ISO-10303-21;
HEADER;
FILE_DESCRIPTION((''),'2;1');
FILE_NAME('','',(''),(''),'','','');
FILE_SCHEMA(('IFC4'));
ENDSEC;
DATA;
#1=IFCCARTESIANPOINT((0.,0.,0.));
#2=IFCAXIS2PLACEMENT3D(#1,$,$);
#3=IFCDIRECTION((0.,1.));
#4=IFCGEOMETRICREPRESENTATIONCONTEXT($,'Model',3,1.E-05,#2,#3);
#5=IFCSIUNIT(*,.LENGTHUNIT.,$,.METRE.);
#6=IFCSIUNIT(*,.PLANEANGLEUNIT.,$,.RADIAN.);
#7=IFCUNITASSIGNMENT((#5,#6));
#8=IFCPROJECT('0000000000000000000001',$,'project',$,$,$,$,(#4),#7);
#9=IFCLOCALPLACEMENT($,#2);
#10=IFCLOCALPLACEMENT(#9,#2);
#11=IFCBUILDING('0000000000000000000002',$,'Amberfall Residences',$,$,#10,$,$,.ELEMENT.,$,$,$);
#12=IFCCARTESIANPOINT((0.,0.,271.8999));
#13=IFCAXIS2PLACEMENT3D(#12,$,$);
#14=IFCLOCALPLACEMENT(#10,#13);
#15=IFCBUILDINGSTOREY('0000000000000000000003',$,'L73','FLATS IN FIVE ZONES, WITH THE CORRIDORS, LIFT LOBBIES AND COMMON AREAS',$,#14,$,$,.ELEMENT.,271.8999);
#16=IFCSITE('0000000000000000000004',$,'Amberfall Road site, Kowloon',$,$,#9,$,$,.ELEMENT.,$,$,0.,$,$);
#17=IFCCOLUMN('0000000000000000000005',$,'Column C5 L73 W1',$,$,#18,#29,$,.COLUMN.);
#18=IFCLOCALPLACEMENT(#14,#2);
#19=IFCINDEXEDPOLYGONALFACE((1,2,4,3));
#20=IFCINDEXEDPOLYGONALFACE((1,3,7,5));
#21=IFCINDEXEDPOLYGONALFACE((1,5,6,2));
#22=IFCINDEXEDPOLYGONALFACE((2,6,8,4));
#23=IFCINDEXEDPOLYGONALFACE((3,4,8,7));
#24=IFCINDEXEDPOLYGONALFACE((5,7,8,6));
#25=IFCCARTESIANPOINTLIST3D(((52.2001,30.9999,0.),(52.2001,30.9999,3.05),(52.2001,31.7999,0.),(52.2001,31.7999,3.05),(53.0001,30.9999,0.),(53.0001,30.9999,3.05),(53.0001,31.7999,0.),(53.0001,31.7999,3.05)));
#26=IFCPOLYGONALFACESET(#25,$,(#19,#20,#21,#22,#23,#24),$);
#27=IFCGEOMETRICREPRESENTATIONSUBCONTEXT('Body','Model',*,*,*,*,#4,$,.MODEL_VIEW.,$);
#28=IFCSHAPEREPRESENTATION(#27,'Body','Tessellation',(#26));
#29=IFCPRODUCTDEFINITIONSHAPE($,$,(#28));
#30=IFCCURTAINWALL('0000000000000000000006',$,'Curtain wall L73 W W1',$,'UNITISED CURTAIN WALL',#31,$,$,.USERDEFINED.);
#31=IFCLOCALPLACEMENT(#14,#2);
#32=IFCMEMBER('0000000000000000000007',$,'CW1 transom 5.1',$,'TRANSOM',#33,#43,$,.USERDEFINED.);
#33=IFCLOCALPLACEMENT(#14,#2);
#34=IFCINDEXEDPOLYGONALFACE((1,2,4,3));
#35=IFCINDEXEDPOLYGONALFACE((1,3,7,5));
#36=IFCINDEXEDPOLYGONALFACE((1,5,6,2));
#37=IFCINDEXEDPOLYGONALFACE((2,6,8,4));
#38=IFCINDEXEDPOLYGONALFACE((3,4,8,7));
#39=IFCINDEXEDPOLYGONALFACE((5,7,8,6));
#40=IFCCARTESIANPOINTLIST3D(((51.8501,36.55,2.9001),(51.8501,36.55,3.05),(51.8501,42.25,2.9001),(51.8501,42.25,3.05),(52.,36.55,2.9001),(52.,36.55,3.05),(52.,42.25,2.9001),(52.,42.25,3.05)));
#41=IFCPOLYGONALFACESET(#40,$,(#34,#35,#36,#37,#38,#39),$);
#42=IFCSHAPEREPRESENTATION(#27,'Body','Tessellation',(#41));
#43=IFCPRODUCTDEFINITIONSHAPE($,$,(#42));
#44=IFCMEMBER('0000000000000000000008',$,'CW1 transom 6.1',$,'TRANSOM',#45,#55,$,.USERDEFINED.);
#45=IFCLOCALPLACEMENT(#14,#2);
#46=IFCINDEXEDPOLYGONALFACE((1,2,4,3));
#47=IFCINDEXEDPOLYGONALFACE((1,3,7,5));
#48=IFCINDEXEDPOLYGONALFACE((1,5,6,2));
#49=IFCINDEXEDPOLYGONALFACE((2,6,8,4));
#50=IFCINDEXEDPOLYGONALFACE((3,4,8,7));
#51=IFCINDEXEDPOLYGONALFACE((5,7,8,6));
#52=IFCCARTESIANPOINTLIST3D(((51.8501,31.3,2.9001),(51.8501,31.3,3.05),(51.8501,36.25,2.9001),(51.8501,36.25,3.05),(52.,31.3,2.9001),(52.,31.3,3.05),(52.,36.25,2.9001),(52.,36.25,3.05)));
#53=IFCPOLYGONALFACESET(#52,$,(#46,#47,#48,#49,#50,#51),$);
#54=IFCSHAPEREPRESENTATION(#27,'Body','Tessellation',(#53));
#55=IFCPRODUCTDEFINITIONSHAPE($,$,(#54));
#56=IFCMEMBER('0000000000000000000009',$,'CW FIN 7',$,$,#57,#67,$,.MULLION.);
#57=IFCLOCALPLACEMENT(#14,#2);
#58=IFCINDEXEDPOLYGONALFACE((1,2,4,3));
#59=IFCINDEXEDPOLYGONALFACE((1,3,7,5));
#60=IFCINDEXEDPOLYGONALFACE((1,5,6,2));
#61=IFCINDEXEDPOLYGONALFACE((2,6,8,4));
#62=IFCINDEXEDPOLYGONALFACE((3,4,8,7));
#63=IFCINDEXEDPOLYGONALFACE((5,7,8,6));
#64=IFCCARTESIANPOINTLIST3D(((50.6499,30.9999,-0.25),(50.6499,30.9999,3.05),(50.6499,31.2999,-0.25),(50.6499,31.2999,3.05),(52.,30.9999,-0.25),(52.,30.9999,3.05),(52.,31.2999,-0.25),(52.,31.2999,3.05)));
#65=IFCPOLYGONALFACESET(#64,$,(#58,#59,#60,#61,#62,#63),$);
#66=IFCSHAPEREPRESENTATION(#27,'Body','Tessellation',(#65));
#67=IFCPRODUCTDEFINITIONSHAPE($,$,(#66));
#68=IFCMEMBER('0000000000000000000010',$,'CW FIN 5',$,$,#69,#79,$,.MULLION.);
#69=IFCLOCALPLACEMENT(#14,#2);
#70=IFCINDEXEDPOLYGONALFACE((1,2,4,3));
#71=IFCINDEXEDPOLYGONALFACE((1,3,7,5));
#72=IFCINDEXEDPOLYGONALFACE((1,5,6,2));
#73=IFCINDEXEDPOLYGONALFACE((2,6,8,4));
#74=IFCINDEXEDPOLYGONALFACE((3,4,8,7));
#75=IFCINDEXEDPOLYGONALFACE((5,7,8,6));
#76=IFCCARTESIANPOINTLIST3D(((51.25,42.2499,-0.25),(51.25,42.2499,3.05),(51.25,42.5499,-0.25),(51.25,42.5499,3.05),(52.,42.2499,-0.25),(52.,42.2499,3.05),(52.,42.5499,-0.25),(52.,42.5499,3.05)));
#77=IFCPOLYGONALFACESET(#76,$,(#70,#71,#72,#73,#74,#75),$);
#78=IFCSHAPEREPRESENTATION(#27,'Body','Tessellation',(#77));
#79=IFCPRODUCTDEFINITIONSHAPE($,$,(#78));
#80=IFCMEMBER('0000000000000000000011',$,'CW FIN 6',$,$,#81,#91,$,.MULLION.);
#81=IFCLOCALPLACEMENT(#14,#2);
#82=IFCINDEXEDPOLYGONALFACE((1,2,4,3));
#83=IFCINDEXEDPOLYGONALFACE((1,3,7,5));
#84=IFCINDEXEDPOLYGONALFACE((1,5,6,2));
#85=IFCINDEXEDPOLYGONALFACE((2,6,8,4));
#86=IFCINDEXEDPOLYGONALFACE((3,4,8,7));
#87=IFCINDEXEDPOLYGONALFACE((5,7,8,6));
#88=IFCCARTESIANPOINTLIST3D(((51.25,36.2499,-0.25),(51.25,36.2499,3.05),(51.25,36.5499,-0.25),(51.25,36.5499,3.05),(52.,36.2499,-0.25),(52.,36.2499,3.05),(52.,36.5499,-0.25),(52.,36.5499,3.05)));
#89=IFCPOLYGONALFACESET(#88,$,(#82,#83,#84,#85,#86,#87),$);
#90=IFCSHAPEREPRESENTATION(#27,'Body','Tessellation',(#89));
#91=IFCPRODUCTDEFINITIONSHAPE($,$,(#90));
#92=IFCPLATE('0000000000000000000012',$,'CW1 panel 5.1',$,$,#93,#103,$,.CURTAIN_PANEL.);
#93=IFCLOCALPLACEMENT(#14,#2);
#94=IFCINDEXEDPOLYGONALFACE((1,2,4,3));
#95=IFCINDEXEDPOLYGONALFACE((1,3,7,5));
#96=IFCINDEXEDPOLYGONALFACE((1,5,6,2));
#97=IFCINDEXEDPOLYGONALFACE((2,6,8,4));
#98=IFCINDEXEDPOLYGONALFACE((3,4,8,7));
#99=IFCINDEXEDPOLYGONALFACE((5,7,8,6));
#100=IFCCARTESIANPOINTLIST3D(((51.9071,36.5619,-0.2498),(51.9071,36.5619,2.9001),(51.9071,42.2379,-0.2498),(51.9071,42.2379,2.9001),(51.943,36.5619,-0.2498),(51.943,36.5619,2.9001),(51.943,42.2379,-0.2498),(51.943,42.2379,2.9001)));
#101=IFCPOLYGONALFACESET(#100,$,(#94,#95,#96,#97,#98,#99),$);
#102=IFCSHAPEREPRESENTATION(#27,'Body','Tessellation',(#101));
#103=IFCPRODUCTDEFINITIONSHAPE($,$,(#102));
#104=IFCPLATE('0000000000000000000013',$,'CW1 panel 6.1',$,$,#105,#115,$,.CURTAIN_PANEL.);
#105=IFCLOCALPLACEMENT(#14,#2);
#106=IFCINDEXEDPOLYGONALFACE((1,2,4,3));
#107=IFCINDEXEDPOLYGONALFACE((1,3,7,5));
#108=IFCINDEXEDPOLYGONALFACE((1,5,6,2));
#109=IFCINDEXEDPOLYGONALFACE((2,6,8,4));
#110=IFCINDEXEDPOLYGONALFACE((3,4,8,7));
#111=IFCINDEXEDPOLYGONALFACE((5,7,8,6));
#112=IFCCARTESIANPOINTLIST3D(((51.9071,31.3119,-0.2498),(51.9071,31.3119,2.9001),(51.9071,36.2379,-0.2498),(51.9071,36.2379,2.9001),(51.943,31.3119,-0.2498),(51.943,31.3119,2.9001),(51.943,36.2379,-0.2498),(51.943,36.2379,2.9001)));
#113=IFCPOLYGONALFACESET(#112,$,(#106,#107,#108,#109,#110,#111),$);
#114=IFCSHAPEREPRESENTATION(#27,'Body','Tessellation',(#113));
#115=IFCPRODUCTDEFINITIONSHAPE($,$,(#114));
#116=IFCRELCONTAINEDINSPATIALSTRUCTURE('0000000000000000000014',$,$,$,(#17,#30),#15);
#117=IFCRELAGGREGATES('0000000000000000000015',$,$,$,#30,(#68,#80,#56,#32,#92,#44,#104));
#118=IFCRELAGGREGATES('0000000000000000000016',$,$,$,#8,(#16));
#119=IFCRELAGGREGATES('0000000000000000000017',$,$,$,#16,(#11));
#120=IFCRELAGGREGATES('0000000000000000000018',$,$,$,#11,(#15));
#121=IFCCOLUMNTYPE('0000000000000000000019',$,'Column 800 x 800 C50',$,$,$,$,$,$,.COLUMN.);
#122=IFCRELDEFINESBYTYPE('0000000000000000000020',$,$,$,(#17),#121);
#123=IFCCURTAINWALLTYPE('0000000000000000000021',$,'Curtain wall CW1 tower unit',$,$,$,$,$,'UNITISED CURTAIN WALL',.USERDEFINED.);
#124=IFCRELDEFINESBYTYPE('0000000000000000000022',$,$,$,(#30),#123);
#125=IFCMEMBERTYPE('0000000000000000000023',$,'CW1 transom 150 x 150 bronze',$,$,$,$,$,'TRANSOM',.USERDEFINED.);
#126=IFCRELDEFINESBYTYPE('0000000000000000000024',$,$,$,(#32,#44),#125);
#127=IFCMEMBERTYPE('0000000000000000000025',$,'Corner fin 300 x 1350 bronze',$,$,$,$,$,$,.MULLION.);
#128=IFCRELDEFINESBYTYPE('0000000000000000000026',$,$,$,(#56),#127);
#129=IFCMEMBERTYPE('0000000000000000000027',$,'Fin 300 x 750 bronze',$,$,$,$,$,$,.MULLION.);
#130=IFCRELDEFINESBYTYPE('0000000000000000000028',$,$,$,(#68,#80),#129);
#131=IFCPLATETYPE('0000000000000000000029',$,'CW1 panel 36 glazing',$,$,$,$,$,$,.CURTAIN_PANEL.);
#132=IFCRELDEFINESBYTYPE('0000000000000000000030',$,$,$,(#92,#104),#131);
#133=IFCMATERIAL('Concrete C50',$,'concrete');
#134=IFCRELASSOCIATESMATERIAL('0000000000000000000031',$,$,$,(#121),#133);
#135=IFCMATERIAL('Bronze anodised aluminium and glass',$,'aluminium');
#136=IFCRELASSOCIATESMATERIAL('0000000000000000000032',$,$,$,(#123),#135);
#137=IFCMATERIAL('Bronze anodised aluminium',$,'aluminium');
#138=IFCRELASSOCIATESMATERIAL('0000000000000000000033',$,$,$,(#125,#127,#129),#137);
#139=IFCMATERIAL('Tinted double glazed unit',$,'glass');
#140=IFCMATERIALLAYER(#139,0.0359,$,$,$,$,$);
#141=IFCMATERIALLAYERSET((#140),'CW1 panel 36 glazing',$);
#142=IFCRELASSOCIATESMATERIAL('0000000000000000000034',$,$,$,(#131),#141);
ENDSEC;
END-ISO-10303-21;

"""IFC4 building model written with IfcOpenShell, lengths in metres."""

from ifc_helpers import new_model, si_unit, direction, frame, origin, origin_2d, place, context, subcontext, project, spatial, rectangle, extrude, material, layer, layer_set, material_profile, profile_set, type_object, element, aggregate, save


model = new_model("IFC4")

# Units and contexts
model_context = context("Model", 3, precision=1e-05, world=origin(), true_north=direction((0.0, 1.0)))
body_context = subcontext(model_context, "Body", "Model", "MODEL_VIEW")
ifc_project = project(units=[si_unit("LENGTHUNIT", "METRE"), si_unit("PLANEANGLEUNIT", "RADIAN")], contexts=[model_context])

# Site, building, storey
site_placement = place(None, origin())
site = spatial("IfcSite", under=ifc_project, at=site_placement, Name="Amberfall Road site, Kowloon", CompositionType="ELEMENT", RefElevation=0.0)
building_placement = place(site_placement, origin())
building = spatial("IfcBuilding", under=site, at=building_placement, Name="Amberfall Residences", CompositionType="ELEMENT")
storey_placement = place(building_placement, frame((0.0, 0.0, 271.8999)))
storey = spatial("IfcBuildingStorey", under=building, at=storey_placement, Name="L73", Description="FLATS IN FIVE ZONES, WITH THE CORRIDORS, LIFT LOBBIES AND COMMON AREAS", CompositionType="ELEMENT", Elevation=271.8999)

# Column
ifc_material_1 = material(Name="Concrete C50", Category="concrete")
ifc_material_profile_1 = material_profile(ifc_material_1, rectangle(XDim=0.8, YDim=0.8, at=origin_2d()), Name="Column 800 x 800 C50")
ifc_profile_set_1 = profile_set([ifc_material_profile_1], Name="Concrete C50")
column_type = type_object("IfcColumnType", Name="Column 800 x 800 C50", PredefinedType="COLUMN", material=ifc_profile_set_1)
column_placement = place(storey_placement, frame((52.6001, 31.3999, 0.0), z_axis=(0.0, 0.0, 1.0), x_axis=(1.0, 0.0, 0.0)))
element("IfcColumn", 1, at=column_placement, inside=storey, type_object=column_type, Name="Column C5 L73 W1", PredefinedType="COLUMN", context=body_context, shape_type="SweptSolid", body=[
    extrude(rectangle(XDim=0.8, YDim=0.8, at=origin_2d()), origin(), (0.0, 0.0, 1.0), 3.05),
])

# Curtain wall, members, plates
ifc_material_2 = material(Name="Bronze anodised aluminium and glass", Category="aluminium")
curtain_wall_type = type_object("IfcCurtainWallType", Name="Curtain wall CW1 tower unit", ElementType="UNITISED CURTAIN WALL", PredefinedType="USERDEFINED", material=ifc_material_2)
curtain_wall_placement = place(storey_placement, origin())
curtain_wall = element("IfcCurtainWall", 2, at=curtain_wall_placement, inside=storey, type_object=curtain_wall_type, Name="Curtain wall L73 W W1", ObjectType="UNITISED CURTAIN WALL", PredefinedType="USERDEFINED")
ifc_material_3 = material(Name="Bronze anodised aluminium", Category="aluminium")
ifc_material_profile_2 = material_profile(ifc_material_3, rectangle(XDim=0.1499, YDim=0.1499, at=origin_2d()), Name="CW1 transom 150 x 150 bronze")
ifc_profile_set_2 = profile_set([ifc_material_profile_2], Name="Bronze anodised aluminium")
member_type_1 = type_object("IfcMemberType", Name="CW1 transom 150 x 150 bronze", ElementType="TRANSOM", PredefinedType="USERDEFINED", material=ifc_profile_set_2)
member_1_placement = place(storey_placement, frame((51.925, 42.25, 2.9751), z_axis=(0.0, -1.0, 0.0), x_axis=(1.0, 0.0, 0.0)))
member_1 = element("IfcMember", 3, at=member_1_placement, type_object=member_type_1, Name="CW1 transom 5.1", ObjectType="TRANSOM", PredefinedType="USERDEFINED", context=body_context, shape_type="SweptSolid", body=[
    extrude(rectangle(XDim=0.1499, YDim=0.1499, at=origin_2d()), origin(), (0.0, 0.0, 1.0), 5.7),
])
member_2_placement = place(storey_placement, frame((51.925, 36.25, 2.9751), z_axis=(0.0, -1.0, 0.0), x_axis=(1.0, 0.0, 0.0)))
member_2 = element("IfcMember", 4, at=member_2_placement, type_object=member_type_1, Name="CW1 transom 6.1", ObjectType="TRANSOM", PredefinedType="USERDEFINED", context=body_context, shape_type="SweptSolid", body=[
    extrude(rectangle(XDim=0.1499, YDim=0.1499, at=origin_2d()), origin(), (0.0, 0.0, 1.0), 4.95),
])
ifc_material_profile_3 = material_profile(ifc_material_3, rectangle(XDim=1.3501, YDim=0.3, at=origin_2d()), Name="Corner fin 300 x 1350 bronze")
ifc_profile_set_3 = profile_set([ifc_material_profile_3], Name="Bronze anodised aluminium")
member_type_2 = type_object("IfcMemberType", Name="Corner fin 300 x 1350 bronze", PredefinedType="MULLION", material=ifc_profile_set_3)
member_3_placement = place(storey_placement, frame((51.325, 31.1499, -0.25), z_axis=(0.0, 0.0, 1.0), x_axis=(1.0, 0.0, 0.0)))
member_3 = element("IfcMember", 5, at=member_3_placement, type_object=member_type_2, Name="CW FIN 7", PredefinedType="MULLION", context=body_context, shape_type="SweptSolid", body=[
    extrude(rectangle(XDim=1.3501, YDim=0.3, at=origin_2d()), origin(), (0.0, 0.0, 1.0), 3.3),
])
ifc_material_profile_4 = material_profile(ifc_material_3, rectangle(XDim=0.75, YDim=0.3, at=origin_2d()), Name="Fin 300 x 750 bronze")
ifc_profile_set_4 = profile_set([ifc_material_profile_4], Name="Bronze anodised aluminium")
member_type_3 = type_object("IfcMemberType", Name="Fin 300 x 750 bronze", PredefinedType="MULLION", material=ifc_profile_set_4)
member_4_placement = place(storey_placement, frame((51.625, 42.3999, -0.25), z_axis=(0.0, 0.0, 1.0), x_axis=(1.0, 0.0, 0.0)))
member_4 = element("IfcMember", 6, at=member_4_placement, type_object=member_type_3, Name="CW FIN 5", PredefinedType="MULLION", context=body_context, shape_type="SweptSolid", body=[
    extrude(rectangle(XDim=0.75, YDim=0.3, at=origin_2d()), origin(), (0.0, 0.0, 1.0), 3.3),
])
member_5_placement = place(storey_placement, frame((51.625, 36.3999, -0.25), z_axis=(0.0, 0.0, 1.0), x_axis=(1.0, 0.0, 0.0)))
member_5 = element("IfcMember", 7, at=member_5_placement, type_object=member_type_3, Name="CW FIN 6", PredefinedType="MULLION", context=body_context, shape_type="SweptSolid", body=[
    extrude(rectangle(XDim=0.75, YDim=0.3, at=origin_2d()), origin(), (0.0, 0.0, 1.0), 3.3),
])
ifc_material_4 = material(Name="Tinted double glazed unit", Category="glass")
ifc_layer_1 = layer(ifc_material_4, 0.0359)
ifc_layer_set_1 = layer_set([ifc_layer_1], Name="CW1 panel 36 glazing")
plate_type = type_object("IfcPlateType", Name="CW1 panel 36 glazing", PredefinedType="CURTAIN_PANEL", material=ifc_layer_set_1)
plate_1_placement = place(storey_placement, frame((51.925, 39.3999, -0.2498), z_axis=(0.0, 0.0, 1.0), x_axis=(0.0, -1.0, 0.0)))
plate_1 = element("IfcPlate", 8, at=plate_1_placement, type_object=plate_type, Name="CW1 panel 5.1", PredefinedType="CURTAIN_PANEL", context=body_context, shape_type="SweptSolid", body=[
    extrude(rectangle(XDim=5.676, YDim=0.0359, at=origin_2d()), origin(), (0.0, 0.0, 1.0), 3.1499),
])
plate_2_placement = place(storey_placement, frame((51.925, 33.7749, -0.2498), z_axis=(0.0, 0.0, 1.0), x_axis=(0.0, -1.0, 0.0)))
plate_2 = element("IfcPlate", 9, at=plate_2_placement, type_object=plate_type, Name="CW1 panel 6.1", PredefinedType="CURTAIN_PANEL", context=body_context, shape_type="SweptSolid", body=[
    extrude(rectangle(XDim=4.926, YDim=0.0359, at=origin_2d()), origin(), (0.0, 0.0, 1.0), 3.1499),
])
aggregate(curtain_wall, [member_4, member_5, member_3, member_1, plate_1, member_2, plate_2])

save(model, "model.ifc")
